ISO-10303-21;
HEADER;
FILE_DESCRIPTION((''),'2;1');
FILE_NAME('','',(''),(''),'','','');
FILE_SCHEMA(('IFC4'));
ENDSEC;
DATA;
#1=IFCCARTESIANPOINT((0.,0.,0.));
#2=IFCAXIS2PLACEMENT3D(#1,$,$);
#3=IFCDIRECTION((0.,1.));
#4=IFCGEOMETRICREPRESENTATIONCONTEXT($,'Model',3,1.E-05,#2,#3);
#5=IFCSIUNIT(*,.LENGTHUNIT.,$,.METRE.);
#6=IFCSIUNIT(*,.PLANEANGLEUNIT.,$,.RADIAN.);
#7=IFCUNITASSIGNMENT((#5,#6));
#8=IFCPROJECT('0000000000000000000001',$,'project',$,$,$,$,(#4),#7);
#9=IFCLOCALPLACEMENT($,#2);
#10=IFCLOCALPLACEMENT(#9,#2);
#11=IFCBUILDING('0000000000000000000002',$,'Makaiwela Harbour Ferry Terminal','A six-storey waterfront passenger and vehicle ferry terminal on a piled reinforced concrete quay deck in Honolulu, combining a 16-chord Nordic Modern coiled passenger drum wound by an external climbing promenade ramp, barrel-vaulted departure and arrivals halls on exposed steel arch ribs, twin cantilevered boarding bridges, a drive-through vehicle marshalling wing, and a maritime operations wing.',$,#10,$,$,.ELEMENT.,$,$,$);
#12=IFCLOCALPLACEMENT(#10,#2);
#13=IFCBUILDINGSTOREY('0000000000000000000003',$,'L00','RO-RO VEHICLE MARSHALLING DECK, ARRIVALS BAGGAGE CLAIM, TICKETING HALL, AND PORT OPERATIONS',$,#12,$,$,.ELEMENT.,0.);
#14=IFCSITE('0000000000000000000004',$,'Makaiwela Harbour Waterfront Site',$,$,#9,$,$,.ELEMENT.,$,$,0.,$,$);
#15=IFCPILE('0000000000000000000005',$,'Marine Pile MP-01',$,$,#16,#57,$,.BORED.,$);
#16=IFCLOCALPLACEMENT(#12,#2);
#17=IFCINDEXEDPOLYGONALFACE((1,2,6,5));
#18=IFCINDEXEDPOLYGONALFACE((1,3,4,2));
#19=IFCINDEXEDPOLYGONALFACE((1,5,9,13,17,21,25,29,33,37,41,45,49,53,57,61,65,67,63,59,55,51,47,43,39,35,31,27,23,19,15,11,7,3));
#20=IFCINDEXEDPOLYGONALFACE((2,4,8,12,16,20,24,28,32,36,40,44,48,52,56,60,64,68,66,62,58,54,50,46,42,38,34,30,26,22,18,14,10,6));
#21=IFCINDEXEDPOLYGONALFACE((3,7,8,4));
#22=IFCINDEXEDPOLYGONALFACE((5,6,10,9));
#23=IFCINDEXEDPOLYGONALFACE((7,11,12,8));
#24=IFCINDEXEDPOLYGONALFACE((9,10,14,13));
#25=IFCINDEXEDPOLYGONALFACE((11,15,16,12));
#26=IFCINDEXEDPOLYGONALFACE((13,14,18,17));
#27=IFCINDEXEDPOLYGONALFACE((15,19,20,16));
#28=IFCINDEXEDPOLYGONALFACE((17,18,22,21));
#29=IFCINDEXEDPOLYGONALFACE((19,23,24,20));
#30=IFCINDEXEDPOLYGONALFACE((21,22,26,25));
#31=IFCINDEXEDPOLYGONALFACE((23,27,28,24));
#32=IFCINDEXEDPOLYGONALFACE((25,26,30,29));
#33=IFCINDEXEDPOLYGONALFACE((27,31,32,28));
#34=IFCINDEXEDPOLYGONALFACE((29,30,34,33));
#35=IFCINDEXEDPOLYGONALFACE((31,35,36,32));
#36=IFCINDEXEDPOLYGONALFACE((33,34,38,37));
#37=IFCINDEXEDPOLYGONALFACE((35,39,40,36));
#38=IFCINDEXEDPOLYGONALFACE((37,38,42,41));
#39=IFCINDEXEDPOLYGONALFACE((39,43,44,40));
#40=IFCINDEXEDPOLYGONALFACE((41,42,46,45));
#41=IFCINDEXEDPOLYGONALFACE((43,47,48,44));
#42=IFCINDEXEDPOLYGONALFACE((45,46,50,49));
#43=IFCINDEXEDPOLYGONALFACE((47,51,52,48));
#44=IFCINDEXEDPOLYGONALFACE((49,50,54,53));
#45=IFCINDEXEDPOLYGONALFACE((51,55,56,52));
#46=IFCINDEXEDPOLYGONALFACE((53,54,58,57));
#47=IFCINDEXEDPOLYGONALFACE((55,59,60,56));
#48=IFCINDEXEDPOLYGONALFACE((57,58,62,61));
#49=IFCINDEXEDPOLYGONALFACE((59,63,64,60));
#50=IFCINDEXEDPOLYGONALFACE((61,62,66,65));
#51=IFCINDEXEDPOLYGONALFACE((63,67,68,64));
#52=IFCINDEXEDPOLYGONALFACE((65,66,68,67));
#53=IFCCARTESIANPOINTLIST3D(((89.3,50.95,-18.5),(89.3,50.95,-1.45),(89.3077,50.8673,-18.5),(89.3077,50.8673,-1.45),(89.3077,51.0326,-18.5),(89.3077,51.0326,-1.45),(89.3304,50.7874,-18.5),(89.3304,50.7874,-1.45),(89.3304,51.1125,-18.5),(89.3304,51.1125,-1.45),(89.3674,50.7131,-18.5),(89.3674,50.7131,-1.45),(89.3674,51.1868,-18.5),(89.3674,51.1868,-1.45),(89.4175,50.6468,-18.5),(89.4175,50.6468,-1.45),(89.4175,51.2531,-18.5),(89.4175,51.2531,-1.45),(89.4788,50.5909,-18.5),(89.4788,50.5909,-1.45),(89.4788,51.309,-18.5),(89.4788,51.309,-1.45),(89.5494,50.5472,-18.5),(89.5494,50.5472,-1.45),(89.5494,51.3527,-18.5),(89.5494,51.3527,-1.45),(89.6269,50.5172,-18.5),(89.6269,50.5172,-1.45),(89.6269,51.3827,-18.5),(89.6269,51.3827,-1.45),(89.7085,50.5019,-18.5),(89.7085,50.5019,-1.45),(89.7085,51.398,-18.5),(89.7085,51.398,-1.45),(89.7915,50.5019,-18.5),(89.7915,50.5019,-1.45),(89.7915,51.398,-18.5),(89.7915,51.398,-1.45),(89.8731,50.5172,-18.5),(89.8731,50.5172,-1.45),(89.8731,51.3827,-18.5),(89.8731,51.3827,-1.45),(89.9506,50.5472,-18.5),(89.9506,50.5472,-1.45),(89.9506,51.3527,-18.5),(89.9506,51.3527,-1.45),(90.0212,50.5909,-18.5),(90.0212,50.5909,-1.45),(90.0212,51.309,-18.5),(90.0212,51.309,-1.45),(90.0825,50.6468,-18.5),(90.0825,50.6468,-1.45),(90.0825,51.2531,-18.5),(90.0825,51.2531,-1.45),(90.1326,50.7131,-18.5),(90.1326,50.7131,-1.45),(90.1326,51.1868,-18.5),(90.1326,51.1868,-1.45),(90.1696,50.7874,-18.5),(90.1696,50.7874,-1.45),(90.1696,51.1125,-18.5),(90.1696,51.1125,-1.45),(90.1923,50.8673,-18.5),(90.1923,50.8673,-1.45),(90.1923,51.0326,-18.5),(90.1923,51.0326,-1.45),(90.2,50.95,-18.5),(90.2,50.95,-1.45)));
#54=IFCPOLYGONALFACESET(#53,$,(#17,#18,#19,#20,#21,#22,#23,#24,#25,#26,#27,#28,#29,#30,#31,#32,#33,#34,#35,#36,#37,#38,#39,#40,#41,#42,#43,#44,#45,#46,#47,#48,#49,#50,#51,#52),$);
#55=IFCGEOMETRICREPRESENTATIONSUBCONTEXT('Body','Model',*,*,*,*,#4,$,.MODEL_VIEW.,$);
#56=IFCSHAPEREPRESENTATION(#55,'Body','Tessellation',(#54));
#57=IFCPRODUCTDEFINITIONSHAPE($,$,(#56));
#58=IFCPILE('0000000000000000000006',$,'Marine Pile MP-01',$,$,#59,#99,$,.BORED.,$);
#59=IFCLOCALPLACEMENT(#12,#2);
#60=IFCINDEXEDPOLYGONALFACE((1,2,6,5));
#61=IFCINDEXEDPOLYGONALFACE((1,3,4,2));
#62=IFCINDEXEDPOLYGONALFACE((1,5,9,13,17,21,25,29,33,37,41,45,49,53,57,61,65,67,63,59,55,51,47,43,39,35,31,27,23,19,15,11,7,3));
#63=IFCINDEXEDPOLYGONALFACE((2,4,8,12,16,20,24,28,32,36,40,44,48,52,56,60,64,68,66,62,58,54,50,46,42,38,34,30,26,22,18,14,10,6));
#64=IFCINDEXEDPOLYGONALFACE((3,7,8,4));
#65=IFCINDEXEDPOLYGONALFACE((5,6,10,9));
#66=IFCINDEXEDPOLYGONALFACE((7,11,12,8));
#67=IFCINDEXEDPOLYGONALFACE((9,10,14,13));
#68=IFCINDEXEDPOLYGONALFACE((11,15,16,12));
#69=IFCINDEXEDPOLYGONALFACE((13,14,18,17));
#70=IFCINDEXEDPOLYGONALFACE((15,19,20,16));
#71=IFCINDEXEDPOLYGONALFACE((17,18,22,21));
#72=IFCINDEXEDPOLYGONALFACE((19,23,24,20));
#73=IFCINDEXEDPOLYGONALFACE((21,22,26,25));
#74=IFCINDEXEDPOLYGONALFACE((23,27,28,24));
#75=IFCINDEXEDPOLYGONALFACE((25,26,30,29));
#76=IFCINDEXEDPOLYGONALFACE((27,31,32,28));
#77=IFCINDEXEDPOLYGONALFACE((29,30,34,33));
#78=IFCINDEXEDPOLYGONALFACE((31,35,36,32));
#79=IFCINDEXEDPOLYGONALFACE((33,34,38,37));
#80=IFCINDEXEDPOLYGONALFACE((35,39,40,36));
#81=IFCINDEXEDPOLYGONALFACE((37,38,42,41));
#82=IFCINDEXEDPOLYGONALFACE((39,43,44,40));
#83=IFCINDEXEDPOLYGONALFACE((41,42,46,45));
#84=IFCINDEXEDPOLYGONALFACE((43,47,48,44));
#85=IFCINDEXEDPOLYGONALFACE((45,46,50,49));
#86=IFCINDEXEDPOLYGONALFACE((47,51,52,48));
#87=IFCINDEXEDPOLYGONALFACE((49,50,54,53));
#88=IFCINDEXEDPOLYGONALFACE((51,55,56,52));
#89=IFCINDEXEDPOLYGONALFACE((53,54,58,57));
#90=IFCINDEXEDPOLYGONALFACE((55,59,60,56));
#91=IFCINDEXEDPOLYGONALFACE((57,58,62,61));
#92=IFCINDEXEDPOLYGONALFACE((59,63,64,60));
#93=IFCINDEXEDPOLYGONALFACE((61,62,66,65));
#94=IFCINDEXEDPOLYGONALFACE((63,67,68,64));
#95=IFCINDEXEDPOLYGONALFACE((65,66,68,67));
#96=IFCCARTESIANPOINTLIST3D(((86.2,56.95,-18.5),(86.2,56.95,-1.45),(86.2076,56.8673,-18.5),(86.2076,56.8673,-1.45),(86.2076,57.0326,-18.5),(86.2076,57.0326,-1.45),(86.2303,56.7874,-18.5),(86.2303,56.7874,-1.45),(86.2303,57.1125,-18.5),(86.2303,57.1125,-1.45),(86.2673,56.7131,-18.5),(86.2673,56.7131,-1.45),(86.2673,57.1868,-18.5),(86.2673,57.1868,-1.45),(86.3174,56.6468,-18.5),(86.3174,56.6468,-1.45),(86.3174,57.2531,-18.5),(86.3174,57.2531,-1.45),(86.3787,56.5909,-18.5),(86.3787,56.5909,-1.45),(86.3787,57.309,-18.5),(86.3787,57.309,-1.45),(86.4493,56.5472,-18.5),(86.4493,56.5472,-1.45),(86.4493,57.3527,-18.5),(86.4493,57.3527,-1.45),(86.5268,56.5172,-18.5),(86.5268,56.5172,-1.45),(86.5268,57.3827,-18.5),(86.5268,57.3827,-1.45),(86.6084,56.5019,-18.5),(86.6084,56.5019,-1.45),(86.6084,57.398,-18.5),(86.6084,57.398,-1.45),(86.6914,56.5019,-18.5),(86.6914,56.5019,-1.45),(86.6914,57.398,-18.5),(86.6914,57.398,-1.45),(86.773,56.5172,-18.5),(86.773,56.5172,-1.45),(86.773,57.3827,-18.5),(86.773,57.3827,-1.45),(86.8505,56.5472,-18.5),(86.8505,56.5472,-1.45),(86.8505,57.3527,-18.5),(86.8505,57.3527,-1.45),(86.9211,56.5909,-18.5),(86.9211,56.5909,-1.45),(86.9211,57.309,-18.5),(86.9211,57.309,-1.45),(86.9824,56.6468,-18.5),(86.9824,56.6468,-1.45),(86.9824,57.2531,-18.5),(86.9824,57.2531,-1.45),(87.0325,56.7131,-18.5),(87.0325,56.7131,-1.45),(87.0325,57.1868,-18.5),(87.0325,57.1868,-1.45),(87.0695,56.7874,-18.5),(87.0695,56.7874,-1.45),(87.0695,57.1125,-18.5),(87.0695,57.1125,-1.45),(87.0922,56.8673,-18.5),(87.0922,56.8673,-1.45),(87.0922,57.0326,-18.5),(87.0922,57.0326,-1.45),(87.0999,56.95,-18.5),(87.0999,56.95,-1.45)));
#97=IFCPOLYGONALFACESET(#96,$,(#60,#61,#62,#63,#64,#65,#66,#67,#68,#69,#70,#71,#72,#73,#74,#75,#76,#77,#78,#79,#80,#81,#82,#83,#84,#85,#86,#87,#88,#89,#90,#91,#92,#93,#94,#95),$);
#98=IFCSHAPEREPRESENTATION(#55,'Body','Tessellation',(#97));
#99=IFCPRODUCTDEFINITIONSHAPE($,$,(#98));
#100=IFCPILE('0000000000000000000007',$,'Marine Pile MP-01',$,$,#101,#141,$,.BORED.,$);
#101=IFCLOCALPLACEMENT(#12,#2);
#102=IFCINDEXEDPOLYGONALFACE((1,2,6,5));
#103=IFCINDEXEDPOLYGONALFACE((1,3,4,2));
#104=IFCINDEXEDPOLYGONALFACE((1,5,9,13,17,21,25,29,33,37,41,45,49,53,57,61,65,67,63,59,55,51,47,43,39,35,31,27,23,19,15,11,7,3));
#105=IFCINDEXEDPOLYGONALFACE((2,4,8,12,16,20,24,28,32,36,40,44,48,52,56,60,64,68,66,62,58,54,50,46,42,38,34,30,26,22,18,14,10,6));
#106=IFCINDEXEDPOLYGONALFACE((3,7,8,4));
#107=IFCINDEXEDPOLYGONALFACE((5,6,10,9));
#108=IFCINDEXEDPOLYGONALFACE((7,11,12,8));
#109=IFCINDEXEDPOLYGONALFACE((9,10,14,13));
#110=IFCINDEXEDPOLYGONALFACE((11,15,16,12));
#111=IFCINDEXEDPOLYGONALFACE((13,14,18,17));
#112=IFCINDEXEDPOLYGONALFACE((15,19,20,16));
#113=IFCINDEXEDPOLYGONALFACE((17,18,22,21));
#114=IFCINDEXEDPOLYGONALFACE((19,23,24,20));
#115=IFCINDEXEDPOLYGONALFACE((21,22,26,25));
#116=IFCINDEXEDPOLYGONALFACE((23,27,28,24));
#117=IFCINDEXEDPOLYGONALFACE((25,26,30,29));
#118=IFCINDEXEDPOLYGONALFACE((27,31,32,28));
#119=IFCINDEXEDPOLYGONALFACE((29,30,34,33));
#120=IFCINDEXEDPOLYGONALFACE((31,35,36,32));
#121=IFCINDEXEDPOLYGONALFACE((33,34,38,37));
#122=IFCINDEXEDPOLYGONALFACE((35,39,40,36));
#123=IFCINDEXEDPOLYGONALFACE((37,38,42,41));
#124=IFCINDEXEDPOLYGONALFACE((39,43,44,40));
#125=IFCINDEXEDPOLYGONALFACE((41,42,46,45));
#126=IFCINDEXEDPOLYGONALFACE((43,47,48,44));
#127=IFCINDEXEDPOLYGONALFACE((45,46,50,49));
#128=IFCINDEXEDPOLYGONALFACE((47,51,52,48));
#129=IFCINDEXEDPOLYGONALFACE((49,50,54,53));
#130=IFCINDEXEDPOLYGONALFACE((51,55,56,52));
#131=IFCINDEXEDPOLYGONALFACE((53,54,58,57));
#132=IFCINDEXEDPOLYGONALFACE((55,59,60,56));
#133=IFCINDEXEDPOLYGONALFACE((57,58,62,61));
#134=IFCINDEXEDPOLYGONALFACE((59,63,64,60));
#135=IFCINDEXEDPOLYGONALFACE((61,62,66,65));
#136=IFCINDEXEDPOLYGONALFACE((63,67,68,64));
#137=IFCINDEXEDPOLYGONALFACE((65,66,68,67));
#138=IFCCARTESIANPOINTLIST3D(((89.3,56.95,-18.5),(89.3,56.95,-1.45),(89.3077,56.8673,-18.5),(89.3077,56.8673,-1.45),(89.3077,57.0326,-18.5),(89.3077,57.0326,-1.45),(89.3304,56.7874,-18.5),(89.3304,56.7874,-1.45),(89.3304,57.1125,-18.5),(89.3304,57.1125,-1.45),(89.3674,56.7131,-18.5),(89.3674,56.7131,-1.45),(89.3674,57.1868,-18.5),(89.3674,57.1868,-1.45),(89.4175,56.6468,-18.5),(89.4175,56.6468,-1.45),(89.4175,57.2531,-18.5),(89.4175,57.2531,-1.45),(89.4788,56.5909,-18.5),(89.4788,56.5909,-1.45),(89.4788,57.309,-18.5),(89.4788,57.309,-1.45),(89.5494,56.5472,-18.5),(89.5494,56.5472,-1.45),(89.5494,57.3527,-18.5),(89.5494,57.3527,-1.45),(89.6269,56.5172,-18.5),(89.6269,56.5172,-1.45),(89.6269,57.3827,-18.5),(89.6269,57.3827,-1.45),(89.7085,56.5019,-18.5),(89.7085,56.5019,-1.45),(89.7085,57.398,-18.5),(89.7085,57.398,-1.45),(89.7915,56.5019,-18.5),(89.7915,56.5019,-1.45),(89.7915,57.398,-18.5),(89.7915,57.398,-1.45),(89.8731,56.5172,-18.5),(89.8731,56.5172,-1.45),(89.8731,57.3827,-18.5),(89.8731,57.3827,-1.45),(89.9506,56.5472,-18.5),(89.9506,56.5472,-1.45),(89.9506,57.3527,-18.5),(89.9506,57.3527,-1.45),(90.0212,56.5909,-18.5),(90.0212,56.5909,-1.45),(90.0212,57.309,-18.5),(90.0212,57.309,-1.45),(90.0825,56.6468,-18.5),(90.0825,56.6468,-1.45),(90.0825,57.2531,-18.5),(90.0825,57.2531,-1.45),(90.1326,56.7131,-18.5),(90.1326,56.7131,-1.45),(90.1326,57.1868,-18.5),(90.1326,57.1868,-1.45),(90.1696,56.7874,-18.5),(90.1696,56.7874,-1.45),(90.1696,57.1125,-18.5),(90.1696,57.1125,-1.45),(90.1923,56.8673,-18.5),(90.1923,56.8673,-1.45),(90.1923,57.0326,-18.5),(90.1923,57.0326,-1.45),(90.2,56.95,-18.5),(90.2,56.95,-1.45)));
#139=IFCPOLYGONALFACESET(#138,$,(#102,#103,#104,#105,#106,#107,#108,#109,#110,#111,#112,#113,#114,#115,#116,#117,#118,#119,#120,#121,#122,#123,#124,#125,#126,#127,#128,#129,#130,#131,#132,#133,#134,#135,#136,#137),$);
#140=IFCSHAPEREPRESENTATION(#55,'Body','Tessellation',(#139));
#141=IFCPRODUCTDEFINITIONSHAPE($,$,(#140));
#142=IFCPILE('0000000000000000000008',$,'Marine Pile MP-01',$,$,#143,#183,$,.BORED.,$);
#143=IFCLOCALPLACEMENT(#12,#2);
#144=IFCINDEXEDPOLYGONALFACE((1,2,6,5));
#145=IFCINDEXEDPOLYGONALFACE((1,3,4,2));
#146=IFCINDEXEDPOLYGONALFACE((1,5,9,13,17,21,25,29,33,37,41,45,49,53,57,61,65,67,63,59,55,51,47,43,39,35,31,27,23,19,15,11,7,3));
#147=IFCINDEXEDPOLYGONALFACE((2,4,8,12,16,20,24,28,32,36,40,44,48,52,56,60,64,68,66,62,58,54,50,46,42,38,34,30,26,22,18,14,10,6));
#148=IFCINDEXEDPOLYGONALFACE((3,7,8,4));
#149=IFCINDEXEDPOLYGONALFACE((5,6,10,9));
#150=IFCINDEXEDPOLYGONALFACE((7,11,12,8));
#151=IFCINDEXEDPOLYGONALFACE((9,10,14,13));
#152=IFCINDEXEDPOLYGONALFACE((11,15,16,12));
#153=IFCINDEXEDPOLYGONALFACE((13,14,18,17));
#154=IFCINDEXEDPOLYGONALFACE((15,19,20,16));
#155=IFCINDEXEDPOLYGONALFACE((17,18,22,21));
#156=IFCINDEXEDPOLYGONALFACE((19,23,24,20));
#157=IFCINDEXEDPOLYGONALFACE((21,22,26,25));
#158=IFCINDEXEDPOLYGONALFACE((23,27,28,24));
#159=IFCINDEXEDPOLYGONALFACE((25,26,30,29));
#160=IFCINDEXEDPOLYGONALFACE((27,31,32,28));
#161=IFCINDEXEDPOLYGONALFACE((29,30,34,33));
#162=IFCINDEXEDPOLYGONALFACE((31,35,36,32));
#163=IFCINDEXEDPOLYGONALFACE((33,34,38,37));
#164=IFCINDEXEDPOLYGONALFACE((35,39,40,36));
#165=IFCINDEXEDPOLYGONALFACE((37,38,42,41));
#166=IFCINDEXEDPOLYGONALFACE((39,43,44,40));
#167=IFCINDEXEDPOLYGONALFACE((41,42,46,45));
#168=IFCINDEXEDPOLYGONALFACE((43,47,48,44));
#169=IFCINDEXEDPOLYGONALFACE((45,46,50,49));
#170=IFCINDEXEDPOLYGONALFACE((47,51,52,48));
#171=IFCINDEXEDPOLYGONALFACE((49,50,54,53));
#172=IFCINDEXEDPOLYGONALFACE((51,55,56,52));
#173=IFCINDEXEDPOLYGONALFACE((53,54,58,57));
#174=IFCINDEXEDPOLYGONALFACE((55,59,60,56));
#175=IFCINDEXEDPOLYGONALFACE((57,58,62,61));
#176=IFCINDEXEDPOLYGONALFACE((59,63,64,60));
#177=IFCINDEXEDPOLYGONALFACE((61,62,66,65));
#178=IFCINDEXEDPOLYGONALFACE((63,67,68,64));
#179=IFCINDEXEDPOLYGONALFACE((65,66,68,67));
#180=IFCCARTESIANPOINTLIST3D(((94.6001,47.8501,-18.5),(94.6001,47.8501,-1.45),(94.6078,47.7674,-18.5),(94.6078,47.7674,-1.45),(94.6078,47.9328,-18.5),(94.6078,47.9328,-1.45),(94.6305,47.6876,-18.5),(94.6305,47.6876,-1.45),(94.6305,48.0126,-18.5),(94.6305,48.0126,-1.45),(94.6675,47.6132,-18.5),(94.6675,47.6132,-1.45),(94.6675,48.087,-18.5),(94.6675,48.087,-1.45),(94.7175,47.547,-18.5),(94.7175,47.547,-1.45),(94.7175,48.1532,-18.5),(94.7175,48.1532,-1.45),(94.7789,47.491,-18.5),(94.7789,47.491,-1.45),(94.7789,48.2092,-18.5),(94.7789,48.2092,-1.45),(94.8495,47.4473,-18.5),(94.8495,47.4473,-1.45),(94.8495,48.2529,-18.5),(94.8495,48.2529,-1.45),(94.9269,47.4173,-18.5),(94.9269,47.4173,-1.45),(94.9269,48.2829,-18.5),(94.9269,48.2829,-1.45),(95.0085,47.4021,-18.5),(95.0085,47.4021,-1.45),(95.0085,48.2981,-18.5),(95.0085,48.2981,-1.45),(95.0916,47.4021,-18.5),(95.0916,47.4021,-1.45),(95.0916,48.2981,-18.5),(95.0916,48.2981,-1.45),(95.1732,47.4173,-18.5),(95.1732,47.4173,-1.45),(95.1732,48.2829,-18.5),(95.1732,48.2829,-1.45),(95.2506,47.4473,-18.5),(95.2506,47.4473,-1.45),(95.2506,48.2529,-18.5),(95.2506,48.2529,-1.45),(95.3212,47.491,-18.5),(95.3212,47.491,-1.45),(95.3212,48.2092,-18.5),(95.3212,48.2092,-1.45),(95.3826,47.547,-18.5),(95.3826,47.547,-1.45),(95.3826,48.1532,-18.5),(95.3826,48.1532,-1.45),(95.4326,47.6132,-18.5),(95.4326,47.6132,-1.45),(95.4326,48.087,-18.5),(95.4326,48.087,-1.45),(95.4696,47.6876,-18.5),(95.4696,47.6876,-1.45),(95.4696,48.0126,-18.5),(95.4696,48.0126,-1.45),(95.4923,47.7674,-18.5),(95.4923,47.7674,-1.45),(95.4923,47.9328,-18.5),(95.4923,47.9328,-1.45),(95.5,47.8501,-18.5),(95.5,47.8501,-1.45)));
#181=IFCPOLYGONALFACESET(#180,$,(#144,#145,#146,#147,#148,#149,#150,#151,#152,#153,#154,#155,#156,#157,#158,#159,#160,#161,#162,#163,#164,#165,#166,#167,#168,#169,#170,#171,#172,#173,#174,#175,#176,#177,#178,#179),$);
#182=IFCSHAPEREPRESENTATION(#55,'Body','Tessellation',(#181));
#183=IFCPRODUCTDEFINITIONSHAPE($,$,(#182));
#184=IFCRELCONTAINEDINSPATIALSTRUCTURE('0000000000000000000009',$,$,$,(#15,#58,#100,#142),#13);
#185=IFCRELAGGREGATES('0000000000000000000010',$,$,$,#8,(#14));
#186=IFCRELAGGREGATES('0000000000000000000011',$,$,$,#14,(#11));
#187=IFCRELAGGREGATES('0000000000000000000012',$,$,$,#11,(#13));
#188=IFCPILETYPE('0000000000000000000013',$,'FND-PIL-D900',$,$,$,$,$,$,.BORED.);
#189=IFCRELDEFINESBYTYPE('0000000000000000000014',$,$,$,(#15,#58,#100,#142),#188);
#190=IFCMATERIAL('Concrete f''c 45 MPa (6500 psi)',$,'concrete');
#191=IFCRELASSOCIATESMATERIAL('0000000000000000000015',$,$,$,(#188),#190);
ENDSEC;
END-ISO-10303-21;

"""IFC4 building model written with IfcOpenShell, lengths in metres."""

from ifc_helpers import new_model, si_unit, direction, frame, origin, origin_2d, place, context, subcontext, project, spatial, circle, extrude, material, material_profile, profile_set, type_object, element, save


model = new_model("IFC4")

# Units and contexts
model_context = context("Model", 3, precision=1e-05, world=origin(), true_north=direction((0.0, 1.0)))
body_context = subcontext(model_context, "Body", "Model", "MODEL_VIEW")
ifc_project = project(units=[si_unit("LENGTHUNIT", "METRE"), si_unit("PLANEANGLEUNIT", "RADIAN")], contexts=[model_context])

# Site, building, storey
site_placement = place(None, origin())
site = spatial("IfcSite", under=ifc_project, at=site_placement, Name="Makaiwela Harbour Waterfront Site", CompositionType="ELEMENT", RefElevation=0.0)
building_placement = place(site_placement, origin())
building = spatial("IfcBuilding", under=site, at=building_placement, Name="Makaiwela Harbour Ferry Terminal", Description="A six-storey waterfront passenger and vehicle ferry terminal on a piled reinforced concrete quay deck in Honolulu, combining a 16-chord Nordic Modern coiled passenger drum wound by an external climbing promenade ramp, barrel-vaulted departure and arrivals halls on exposed steel arch ribs, twin cantilevered boarding bridges, a drive-through vehicle marshalling wing, and a maritime operations wing.", CompositionType="ELEMENT")
storey_placement = place(building_placement, origin())
storey = spatial("IfcBuildingStorey", under=building, at=storey_placement, Name="L00", Description="RO-RO VEHICLE MARSHALLING DECK, ARRIVALS BAGGAGE CLAIM, TICKETING HALL, AND PORT OPERATIONS", CompositionType="ELEMENT", Elevation=0.0)

# Shared definitions
ifc_material_1 = material(Name="Concrete f'c 45 MPa (6500 psi)", Category="concrete")

# Piles
ifc_material_profile_1 = material_profile(ifc_material_1, circle(Radius=0.45, at=origin_2d()), Name="PILE-D900")
ifc_profile_set_1 = profile_set([ifc_material_profile_1], Name="Concrete f'c 45 MPa (6500 psi)")
pile_type = type_object("IfcPileType", Name="FND-PIL-D900", PredefinedType="BORED", material=ifc_profile_set_1)
for number, where, z_axis, x_axis, name in (
    (1, (89.75, 50.95, -1.45), (0.0, 0.0, -1.0), (1.0, 0.0, 0.0), "Marine Pile MP-01"),
    (2, (86.6499, 56.95, -1.45), (0.0, 0.0, -1.0), (1.0, 0.0, 0.0), "Marine Pile MP-01"),
    (3, (89.75, 56.95, -1.45), (0.0, 0.0, -1.0), (1.0, 0.0, 0.0), "Marine Pile MP-01"),
    (4, (95.05, 47.8501, -1.45), (0.0, 0.0, -1.0), (1.0, 0.0, 0.0), "Marine Pile MP-01"),
):
    element("IfcPile", number, at=place(storey_placement, frame(where, z_axis=z_axis, x_axis=x_axis)), inside=storey, type_object=pile_type, Name=name, PredefinedType="BORED", context=body_context, shape_type="SweptSolid", body=[
        extrude(circle(Radius=0.45, at=origin_2d()), origin(), (0.0, 0.0, 1.0), 17.05),
    ])

save(model, "model.ifc")
